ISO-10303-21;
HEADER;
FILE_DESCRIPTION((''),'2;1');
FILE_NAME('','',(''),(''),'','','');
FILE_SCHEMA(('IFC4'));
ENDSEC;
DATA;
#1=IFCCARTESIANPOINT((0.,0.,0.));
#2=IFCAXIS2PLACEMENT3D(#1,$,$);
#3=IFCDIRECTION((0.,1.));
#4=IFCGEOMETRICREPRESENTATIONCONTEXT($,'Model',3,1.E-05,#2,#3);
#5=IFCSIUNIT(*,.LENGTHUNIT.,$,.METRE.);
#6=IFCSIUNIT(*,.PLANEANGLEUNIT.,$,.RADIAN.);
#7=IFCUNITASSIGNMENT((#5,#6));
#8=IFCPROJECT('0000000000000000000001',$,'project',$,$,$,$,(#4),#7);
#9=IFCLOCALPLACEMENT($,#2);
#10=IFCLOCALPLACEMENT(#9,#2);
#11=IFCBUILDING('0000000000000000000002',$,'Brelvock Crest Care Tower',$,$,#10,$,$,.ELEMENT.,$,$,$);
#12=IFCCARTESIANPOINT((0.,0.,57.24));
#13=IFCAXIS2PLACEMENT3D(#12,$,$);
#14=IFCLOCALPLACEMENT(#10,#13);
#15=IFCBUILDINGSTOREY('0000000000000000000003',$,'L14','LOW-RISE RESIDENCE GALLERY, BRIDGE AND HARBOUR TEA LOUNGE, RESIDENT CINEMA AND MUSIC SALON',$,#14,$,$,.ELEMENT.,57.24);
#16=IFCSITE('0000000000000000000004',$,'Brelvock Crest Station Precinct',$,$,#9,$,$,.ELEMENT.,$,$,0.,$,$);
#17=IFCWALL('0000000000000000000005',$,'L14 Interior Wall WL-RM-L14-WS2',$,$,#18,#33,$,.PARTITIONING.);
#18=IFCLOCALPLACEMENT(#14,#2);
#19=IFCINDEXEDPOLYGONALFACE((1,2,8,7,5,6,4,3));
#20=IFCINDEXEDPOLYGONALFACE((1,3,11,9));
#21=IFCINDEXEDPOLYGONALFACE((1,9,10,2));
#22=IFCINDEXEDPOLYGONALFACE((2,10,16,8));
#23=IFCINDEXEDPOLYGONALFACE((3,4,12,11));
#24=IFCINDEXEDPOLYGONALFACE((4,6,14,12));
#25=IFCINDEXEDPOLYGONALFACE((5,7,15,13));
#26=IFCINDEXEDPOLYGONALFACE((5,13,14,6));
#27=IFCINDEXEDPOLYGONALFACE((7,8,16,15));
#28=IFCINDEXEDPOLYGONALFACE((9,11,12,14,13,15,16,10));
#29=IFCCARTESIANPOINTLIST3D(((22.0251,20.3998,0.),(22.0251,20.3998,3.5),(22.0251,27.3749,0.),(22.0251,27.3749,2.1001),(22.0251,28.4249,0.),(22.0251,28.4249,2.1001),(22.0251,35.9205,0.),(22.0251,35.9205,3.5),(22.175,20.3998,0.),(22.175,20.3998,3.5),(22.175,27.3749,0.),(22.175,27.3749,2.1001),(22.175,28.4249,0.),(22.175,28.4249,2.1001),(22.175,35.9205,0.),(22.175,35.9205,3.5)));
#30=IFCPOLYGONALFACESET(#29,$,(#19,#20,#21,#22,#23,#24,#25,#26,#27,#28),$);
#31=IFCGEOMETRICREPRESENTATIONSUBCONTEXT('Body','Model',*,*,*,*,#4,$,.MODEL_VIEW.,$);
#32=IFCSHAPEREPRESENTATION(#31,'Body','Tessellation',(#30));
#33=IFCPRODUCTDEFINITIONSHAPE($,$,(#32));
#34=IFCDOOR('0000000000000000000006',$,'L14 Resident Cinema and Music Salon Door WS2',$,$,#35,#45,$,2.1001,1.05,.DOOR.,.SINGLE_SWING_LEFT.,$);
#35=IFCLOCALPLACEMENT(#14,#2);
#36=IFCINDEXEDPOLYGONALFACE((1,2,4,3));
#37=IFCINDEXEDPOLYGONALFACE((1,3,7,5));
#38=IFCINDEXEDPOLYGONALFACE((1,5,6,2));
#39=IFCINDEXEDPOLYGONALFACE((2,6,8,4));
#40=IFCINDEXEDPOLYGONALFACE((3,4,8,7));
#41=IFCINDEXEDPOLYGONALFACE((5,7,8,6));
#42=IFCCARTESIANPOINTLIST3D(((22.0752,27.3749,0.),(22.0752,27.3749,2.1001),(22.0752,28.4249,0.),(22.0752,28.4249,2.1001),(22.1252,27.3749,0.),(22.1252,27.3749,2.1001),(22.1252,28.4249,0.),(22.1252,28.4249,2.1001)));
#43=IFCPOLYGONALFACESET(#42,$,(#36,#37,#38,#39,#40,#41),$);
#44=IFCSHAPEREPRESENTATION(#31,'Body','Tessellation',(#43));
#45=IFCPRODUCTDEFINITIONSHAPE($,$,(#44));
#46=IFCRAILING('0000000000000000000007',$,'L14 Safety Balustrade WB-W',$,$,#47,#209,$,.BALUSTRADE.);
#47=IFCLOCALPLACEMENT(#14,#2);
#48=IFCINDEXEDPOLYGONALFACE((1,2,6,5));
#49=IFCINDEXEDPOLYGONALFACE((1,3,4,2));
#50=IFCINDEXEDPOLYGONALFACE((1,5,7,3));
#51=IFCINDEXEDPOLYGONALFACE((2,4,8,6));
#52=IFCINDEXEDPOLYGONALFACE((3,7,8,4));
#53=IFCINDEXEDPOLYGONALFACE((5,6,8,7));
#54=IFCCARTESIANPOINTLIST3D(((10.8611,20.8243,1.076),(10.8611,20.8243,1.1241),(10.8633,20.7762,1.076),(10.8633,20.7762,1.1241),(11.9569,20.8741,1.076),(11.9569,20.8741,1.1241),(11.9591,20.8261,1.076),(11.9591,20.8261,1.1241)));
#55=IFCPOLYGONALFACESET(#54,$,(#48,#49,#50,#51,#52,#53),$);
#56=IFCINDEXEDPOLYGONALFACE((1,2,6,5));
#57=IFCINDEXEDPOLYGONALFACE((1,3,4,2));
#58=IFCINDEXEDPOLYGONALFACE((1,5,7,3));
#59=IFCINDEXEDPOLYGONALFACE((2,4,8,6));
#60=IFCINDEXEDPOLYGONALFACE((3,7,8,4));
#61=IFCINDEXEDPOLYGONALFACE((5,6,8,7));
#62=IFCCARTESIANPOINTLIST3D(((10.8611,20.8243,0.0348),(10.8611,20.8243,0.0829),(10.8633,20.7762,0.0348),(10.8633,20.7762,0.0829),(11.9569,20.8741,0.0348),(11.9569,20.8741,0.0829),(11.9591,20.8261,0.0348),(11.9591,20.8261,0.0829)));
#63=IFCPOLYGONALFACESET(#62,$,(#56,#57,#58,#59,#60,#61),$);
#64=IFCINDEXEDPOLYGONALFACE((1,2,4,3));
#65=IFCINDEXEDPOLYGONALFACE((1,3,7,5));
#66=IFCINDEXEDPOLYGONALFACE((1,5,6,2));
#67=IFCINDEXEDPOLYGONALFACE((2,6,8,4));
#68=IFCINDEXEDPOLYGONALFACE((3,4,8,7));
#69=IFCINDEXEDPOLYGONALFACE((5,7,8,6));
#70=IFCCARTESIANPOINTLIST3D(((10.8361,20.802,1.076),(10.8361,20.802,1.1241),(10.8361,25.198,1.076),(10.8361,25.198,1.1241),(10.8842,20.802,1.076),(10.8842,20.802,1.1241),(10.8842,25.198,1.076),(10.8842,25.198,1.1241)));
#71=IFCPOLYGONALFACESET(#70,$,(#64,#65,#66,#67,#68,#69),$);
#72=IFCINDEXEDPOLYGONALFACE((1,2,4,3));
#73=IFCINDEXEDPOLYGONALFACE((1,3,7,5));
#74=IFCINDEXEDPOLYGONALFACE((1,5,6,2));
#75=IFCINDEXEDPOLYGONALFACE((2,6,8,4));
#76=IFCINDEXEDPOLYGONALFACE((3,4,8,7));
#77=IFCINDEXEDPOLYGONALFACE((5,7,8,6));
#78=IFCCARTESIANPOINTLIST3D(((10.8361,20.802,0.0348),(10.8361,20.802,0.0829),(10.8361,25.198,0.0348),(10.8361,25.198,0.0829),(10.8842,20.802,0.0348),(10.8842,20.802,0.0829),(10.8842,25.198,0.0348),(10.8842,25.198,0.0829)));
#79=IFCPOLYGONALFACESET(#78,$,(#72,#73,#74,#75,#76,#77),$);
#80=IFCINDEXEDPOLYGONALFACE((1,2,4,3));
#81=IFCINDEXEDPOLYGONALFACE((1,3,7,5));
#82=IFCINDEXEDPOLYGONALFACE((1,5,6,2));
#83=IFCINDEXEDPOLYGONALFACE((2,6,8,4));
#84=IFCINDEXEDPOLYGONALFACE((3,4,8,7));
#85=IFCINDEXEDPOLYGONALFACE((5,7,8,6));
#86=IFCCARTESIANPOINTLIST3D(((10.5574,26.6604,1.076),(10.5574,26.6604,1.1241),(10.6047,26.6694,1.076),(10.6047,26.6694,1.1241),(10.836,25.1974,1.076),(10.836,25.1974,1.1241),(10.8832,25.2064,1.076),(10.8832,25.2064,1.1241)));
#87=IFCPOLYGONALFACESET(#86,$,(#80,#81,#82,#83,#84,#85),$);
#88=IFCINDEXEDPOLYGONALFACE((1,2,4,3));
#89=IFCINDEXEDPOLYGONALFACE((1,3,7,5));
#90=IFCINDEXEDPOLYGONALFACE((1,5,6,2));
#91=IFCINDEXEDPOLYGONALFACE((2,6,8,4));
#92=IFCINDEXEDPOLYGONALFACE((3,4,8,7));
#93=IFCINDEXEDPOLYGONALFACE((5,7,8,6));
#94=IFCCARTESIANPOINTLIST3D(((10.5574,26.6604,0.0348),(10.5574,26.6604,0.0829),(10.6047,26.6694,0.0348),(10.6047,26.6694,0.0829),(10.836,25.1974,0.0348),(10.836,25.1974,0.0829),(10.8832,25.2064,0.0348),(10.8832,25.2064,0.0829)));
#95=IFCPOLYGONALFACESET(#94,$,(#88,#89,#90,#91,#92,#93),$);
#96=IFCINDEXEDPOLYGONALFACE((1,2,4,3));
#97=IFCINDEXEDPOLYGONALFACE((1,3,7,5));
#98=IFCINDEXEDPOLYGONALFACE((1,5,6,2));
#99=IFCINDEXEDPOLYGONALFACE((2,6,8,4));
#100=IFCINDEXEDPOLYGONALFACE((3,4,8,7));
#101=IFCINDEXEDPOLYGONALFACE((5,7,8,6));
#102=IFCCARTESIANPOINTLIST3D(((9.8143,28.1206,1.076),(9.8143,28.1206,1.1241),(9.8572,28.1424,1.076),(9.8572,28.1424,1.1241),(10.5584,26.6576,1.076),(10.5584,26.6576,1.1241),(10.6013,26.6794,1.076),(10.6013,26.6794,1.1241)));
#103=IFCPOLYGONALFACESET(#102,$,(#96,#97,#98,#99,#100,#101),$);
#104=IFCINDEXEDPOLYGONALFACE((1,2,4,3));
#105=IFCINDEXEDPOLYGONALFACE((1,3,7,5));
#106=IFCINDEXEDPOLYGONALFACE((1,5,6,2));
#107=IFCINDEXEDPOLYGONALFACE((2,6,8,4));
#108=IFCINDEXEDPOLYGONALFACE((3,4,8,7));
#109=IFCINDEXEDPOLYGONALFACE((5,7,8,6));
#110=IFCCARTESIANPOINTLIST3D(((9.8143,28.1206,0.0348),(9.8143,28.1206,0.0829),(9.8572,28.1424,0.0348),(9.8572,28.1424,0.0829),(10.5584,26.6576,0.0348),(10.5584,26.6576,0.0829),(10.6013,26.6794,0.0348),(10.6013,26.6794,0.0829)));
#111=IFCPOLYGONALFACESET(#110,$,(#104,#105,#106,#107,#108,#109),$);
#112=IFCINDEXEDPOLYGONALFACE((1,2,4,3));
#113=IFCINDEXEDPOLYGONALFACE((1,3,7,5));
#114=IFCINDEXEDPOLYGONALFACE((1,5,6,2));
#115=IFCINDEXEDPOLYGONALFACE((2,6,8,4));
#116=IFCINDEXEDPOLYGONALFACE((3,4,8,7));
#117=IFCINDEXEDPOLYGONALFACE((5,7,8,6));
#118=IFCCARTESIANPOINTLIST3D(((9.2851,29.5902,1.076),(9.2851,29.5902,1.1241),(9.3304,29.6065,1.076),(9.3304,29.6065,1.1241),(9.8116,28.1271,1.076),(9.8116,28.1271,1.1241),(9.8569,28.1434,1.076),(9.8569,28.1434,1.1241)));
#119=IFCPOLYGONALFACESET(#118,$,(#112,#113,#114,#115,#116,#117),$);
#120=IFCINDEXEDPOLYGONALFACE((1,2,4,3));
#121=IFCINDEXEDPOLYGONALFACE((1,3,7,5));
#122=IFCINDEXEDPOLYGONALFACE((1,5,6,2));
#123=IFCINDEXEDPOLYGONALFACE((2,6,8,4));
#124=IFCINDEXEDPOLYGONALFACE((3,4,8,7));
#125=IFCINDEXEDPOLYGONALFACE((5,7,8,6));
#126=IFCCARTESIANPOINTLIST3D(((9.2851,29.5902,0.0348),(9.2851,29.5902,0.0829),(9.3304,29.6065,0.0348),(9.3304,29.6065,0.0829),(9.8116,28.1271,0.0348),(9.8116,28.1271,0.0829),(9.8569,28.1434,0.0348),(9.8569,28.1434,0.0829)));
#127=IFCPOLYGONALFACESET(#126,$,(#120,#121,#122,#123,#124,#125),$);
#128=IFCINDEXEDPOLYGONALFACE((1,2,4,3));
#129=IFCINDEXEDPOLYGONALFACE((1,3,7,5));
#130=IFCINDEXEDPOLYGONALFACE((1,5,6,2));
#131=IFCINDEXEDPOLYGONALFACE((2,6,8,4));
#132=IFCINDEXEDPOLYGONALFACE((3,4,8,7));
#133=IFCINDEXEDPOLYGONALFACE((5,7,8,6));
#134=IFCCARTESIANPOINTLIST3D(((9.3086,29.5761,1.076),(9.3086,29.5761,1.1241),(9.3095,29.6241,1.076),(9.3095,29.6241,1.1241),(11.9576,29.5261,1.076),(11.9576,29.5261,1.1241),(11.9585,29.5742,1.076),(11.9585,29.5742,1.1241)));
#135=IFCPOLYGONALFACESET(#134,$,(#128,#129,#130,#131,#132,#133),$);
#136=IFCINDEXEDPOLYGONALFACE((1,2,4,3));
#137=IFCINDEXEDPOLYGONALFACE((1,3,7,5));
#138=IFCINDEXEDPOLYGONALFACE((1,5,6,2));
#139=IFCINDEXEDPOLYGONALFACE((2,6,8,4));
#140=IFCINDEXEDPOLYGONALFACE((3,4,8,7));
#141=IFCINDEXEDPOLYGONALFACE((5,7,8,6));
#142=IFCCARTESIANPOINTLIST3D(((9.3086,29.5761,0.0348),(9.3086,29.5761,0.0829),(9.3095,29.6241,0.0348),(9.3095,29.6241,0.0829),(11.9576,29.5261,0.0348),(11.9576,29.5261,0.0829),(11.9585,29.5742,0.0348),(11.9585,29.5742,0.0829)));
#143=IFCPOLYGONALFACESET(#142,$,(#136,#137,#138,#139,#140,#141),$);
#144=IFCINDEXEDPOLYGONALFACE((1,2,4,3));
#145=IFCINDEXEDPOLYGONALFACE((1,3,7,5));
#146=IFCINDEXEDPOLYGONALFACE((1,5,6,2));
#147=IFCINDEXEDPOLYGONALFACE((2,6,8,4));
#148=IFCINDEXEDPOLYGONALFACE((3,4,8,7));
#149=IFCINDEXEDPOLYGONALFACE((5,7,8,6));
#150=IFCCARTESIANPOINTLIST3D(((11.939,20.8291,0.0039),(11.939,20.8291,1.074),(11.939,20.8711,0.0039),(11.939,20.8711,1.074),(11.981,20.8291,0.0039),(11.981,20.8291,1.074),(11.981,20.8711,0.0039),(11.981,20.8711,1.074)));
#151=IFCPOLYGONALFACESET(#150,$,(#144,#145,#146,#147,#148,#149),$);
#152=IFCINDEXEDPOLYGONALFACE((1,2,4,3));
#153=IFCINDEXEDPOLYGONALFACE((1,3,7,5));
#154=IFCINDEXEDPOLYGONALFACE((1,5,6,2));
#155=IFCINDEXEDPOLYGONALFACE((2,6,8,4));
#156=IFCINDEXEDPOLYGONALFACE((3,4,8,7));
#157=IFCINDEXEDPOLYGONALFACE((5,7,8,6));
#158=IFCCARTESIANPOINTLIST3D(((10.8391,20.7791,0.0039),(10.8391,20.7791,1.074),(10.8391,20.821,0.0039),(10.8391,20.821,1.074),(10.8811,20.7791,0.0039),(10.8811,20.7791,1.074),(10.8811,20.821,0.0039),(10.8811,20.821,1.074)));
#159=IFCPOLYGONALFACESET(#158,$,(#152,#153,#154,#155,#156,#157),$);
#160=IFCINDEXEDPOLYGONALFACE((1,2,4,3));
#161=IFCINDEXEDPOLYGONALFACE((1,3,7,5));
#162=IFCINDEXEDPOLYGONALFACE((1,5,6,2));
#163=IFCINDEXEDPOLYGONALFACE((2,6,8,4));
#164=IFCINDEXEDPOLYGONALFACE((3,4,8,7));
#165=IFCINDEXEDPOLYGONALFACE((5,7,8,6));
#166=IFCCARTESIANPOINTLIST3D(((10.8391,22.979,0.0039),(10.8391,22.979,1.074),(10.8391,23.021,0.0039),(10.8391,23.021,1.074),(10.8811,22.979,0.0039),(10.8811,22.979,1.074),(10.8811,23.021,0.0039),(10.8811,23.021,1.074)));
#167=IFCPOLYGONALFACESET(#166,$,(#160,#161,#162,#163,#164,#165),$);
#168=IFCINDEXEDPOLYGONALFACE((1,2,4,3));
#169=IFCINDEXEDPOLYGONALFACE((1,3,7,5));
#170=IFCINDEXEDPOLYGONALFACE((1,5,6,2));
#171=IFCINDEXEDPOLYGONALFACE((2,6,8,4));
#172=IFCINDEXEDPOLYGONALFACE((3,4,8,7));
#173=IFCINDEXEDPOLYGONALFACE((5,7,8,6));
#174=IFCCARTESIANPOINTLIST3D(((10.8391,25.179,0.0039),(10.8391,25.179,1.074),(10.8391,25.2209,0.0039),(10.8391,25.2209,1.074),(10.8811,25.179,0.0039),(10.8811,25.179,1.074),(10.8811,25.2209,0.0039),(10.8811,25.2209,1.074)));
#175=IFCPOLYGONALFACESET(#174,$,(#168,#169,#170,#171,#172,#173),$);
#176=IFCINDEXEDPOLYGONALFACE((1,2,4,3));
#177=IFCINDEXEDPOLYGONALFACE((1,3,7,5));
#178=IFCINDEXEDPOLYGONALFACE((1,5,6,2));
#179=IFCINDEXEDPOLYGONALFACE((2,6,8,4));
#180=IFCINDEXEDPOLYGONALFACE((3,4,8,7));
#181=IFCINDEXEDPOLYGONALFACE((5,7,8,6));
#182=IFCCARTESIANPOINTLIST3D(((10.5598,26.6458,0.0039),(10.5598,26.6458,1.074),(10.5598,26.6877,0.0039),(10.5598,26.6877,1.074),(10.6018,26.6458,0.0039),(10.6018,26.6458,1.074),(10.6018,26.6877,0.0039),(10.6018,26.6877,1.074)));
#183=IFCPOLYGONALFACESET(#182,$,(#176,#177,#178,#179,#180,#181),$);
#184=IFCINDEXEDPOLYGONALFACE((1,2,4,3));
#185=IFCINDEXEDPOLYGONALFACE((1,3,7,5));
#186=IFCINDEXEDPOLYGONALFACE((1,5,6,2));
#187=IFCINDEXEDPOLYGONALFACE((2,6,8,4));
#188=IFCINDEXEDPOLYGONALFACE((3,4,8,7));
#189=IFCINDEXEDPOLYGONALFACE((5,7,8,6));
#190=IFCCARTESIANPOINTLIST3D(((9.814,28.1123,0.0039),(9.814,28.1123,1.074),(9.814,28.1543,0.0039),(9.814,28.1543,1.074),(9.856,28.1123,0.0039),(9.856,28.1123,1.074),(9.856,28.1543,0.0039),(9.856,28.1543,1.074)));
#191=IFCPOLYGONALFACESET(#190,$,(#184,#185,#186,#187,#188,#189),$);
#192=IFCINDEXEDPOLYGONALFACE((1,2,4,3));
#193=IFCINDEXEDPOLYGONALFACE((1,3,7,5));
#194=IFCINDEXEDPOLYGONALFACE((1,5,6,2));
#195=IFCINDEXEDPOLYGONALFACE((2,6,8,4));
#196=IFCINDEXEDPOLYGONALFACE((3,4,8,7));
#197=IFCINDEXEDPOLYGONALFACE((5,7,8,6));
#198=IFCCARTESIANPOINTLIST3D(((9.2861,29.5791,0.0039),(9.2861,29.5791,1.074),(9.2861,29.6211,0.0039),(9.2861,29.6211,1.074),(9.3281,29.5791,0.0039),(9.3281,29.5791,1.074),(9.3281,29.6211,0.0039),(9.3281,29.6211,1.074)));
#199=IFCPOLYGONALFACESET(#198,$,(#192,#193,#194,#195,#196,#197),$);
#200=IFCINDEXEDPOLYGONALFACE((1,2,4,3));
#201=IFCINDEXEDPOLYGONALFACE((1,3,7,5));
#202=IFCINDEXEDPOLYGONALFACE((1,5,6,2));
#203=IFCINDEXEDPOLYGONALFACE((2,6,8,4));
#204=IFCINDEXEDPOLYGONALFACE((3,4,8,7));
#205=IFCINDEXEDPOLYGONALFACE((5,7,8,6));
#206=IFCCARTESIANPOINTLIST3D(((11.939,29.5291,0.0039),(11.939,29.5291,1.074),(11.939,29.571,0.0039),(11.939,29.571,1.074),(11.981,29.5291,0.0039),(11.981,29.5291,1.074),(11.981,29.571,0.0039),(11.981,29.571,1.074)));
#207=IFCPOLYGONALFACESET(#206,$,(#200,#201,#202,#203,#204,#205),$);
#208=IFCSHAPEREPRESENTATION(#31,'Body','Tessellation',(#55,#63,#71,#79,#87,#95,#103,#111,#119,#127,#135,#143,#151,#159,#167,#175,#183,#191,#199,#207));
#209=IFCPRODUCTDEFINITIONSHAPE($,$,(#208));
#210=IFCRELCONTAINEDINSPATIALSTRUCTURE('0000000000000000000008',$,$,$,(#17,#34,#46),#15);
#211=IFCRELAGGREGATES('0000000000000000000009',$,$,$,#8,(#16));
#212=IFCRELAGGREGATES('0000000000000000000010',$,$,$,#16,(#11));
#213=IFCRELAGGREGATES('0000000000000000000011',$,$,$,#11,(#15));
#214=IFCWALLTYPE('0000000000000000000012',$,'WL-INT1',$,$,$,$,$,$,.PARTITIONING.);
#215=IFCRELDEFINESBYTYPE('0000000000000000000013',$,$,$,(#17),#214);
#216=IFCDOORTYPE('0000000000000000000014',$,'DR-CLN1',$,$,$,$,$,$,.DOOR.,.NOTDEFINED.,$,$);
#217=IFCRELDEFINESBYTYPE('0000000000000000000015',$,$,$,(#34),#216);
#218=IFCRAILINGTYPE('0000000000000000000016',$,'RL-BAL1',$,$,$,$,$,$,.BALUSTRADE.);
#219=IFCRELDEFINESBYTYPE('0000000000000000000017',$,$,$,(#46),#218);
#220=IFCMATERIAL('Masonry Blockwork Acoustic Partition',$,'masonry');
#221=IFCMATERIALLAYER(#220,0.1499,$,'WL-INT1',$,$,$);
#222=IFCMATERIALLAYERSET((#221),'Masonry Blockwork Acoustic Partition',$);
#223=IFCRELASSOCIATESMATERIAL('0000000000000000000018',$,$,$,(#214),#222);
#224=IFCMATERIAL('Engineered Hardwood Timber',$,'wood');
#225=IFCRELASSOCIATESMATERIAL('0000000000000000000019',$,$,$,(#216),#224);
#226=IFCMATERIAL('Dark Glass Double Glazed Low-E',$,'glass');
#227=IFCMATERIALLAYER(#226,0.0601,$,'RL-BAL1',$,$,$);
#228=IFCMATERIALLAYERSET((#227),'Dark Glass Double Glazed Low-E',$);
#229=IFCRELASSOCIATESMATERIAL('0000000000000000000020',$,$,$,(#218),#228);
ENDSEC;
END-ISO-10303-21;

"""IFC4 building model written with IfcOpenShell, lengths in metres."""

from ifc_helpers import new_model, si_unit, direction, frame, frame_2d, origin, origin_2d, place, context, subcontext, project, spatial, rectangle, extrude, source, transform, mapped, material, layer, layer_set, type_object, element, fill, save


model = new_model("IFC4")

# Units and contexts
model_context = context("Model", 3, precision=1e-05, world=origin(), true_north=direction((0.0, 1.0)))
body_context = subcontext(model_context, "Body", "Model", "MODEL_VIEW")
ifc_project = project(units=[si_unit("LENGTHUNIT", "METRE"), si_unit("PLANEANGLEUNIT", "RADIAN")], contexts=[model_context])

# Site, building, storey
site_placement = place(None, origin())
site = spatial("IfcSite", under=ifc_project, at=site_placement, Name="Brelvock Crest Station Precinct", CompositionType="ELEMENT", RefElevation=0.0)
building_placement = place(site_placement, origin())
building = spatial("IfcBuilding", under=site, at=building_placement, Name="Brelvock Crest Care Tower", CompositionType="ELEMENT")
storey_placement = place(building_placement, frame((0.0, 0.0, 57.24)))
storey = spatial("IfcBuildingStorey", under=building, at=storey_placement, Name="L14", Description="LOW-RISE RESIDENCE GALLERY, BRIDGE AND HARBOUR TEA LOUNGE, RESIDENT CINEMA AND MUSIC SALON", CompositionType="ELEMENT", Elevation=57.24)

# Shared definitions
ifc_material_1 = material(Name="Dark Glass Double Glazed Low-E", Category="glass")

# Shared definitions
ifc_material_2 = material(Name="Masonry Blockwork Acoustic Partition", Category="masonry")
ifc_layer_1 = layer(ifc_material_2, 0.1499, Name="WL-INT1")
ifc_layer_set_1 = layer_set([ifc_layer_1], Name="Masonry Blockwork Acoustic Partition")
wall_type = type_object("IfcWallType", Name="WL-INT1", PredefinedType="PARTITIONING", material=ifc_layer_set_1)

# Wall, opening, door
wall_1_placement = place(storey_placement, frame((22.1001, 20.3999, 0.0), z_axis=(0.0, 0.0, 1.0), x_axis=(0.0, 1.0, 0.0)))
wall_1 = element("IfcWall", 1, at=wall_1_placement, inside=storey, type_object=wall_type, Name="L14 Interior Wall WL-RM-L14-WS2", PredefinedType="PARTITIONING", context=body_context, shape_type="SweptSolid", body=[
    extrude(rectangle(XDim=15.5208, YDim=0.1499, at=frame_2d((7.7603, 0.0))), origin(), (0.0, 0.0, 1.0), 3.5),
])
opening_placement = place(wall_1_placement, frame((6.9751, 0.0, 0.0)))
opening = element("IfcOpeningElement", 2, at=opening_placement, cuts=wall_1, PredefinedType="OPENING", context=body_context, shape_type="SweptSolid", body=[
    extrude(rectangle(XDim=1.05, YDim=2.1001, at=origin_2d()), frame((0.5249, 0.085, 1.05), z_axis=(0.0, -1.0, 0.0), x_axis=(1.0, 0.0, 0.0)), (0.0, 0.0, 1.0), 0.1699),
])
ifc_material_3 = material(Name="Engineered Hardwood Timber", Category="wood")
door_type = type_object("IfcDoorType", Name="DR-CLN1", OperationType="NOTDEFINED", PredefinedType="DOOR", material=ifc_material_3)
shared_shape_1 = source(origin(), body_context, "Body", "SweptSolid", [
    extrude(rectangle(XDim=1.05, YDim=2.1001, at=origin_2d()), frame((0.5249, 0.0249, 1.05), z_axis=(0.0, -1.0, 0.0), x_axis=(1.0, 0.0, 0.0)), (0.0, 0.0, 1.0), 0.05),
])
door_placement = place(opening_placement, origin())
door = element("IfcDoor", 3, at=door_placement, inside=storey, type_object=door_type, Name="L14 Resident Cinema and Music Salon Door WS2", OperationType="SINGLE_SWING_LEFT", OverallHeight=2.1001, OverallWidth=1.05, PredefinedType="DOOR", context=body_context, shape_type="MappedRepresentation", body=[
    mapped(shared_shape_1, transform((0.0, 0.0, 0.0), x_axis=(1.0, 0.0, 0.0), y_axis=(0.0, 1.0, 0.0), z_axis=(0.0, 0.0, 1.0), scale=1.0)),
])
fill(opening, door)

# Railing
ifc_layer_2 = layer(ifc_material_1, 0.0601, Name="RL-BAL1")
ifc_layer_set_2 = layer_set([ifc_layer_2], Name="Dark Glass Double Glazed Low-E")
railing_type = type_object("IfcRailingType", Name="RL-BAL1", PredefinedType="BALUSTRADE", material=ifc_layer_set_2)
railing_placement = place(storey_placement, frame((11.96, 20.8501, 0.0039)))
element("IfcRailing", 4, at=railing_placement, inside=storey, type_object=railing_type, Name="L14 Safety Balustrade WB-W", PredefinedType="BALUSTRADE", context=body_context, shape_type="SweptSolid", body=[
    extrude(rectangle(XDim=0.0481, YDim=0.0481, at=origin_2d()), frame((-0.002, 0.0, 1.0962), z_axis=(-0.998966, -0.045458, 0.0), x_axis=(0.045458, -0.998966, 0.0)), (0.0, 0.0, 1.0), 1.0969),
    extrude(rectangle(XDim=0.0481, YDim=0.0481, at=origin_2d()), frame((-0.002, 0.0, 0.0549), z_axis=(-0.998966, -0.045458, 0.0), x_axis=(0.045458, -0.998966, 0.0)), (0.0, 0.0, 1.0), 1.0969),
    extrude(rectangle(XDim=0.0481, YDim=0.0481, at=origin_2d()), frame((-1.0999, -0.0481, 1.0962), z_axis=(0.0, 1.0, 0.0), x_axis=(-1.0, 0.0, 0.0)), (0.0, 0.0, 1.0), 4.396),
    extrude(rectangle(XDim=0.0481, YDim=0.0481, at=origin_2d()), frame((-1.0999, -0.0481, 0.0549), z_axis=(0.0, 1.0, 0.0), x_axis=(-1.0, 0.0, 0.0)), (0.0, 0.0, 1.0), 4.396),
    extrude(rectangle(XDim=0.0481, YDim=0.0481, at=origin_2d()), frame((-1.1003, 4.3518, 1.0962), z_axis=(-0.187052, 0.98235, 0.0), x_axis=(-0.98235, -0.187052, 0.0)), (0.0, 0.0, 1.0), 1.4893),
    extrude(rectangle(XDim=0.0481, YDim=0.0481, at=origin_2d()), frame((-1.1003, 4.3518, 0.0549), z_axis=(-0.187052, 0.98235, 0.0), x_axis=(-0.98235, -0.187052, 0.0)), (0.0, 0.0, 1.0), 1.4893),
    extrude(rectangle(XDim=0.0481, YDim=0.0481, at=origin_2d()), frame((-1.3801, 5.8184, 1.0962), z_axis=(-0.453317, 0.89135, 0.0), x_axis=(-0.89135, -0.453317, 0.0)), (0.0, 0.0, 1.0), 1.6414),
    extrude(rectangle(XDim=0.0481, YDim=0.0481, at=origin_2d()), frame((-1.3801, 5.8184, 0.0549), z_axis=(-0.453317, 0.89135, 0.0), x_axis=(-0.89135, -0.453317, 0.0)), (0.0, 0.0, 1.0), 1.6414),
    extrude(rectangle(XDim=0.0481, YDim=0.0481, at=origin_2d()), frame((-2.1257, 7.2852, 1.0962), z_axis=(-0.338597, 0.940931, 0.0), x_axis=(-0.940931, -0.338597, 0.0)), (0.0, 0.0, 1.0), 1.5549),
    extrude(rectangle(XDim=0.0481, YDim=0.0481, at=origin_2d()), frame((-2.1257, 7.2852, 0.0549), z_axis=(-0.338597, 0.940931, 0.0), x_axis=(-0.940931, -0.338597, 0.0)), (0.0, 0.0, 1.0), 1.5549),
    extrude(rectangle(XDim=0.0481, YDim=0.0481, at=origin_2d()), frame((-2.6509, 8.75, 1.0962), z_axis=(0.999822, -0.018863, 0.0), x_axis=(0.018863, 0.999822, 0.0)), (0.0, 0.0, 1.0), 2.6494),
    extrude(rectangle(XDim=0.0481, YDim=0.0481, at=origin_2d()), frame((-2.6509, 8.75, 0.0549), z_axis=(0.999822, -0.018863, 0.0), x_axis=(0.018863, 0.999822, 0.0)), (0.0, 0.0, 1.0), 2.6494),
    extrude(rectangle(XDim=0.042, YDim=0.042, at=origin_2d()), origin(), (0.0, 0.0, 1.0), 1.0701),
    extrude(rectangle(XDim=0.042, YDim=0.042, at=origin_2d()), frame((-1.0999, -0.05, 0.0)), (0.0, 0.0, 1.0), 1.0701),
    extrude(rectangle(XDim=0.042, YDim=0.042, at=origin_2d()), frame((-1.0999, 2.1499, 0.0)), (0.0, 0.0, 1.0), 1.0701),
    extrude(rectangle(XDim=0.042, YDim=0.042, at=origin_2d()), frame((-1.0999, 4.3499, 0.0)), (0.0, 0.0, 1.0), 1.0701),
    extrude(rectangle(XDim=0.042, YDim=0.042, at=origin_2d()), frame((-1.3792, 5.8167, 0.0)), (0.0, 0.0, 1.0), 1.0701),
    extrude(rectangle(XDim=0.042, YDim=0.042, at=origin_2d()), frame((-2.125, 7.2832, 0.0)), (0.0, 0.0, 1.0), 1.0701),
    extrude(rectangle(XDim=0.042, YDim=0.042, at=origin_2d()), frame((-2.6528, 8.75, 0.0)), (0.0, 0.0, 1.0), 1.0701),
    extrude(rectangle(XDim=0.042, YDim=0.042, at=origin_2d()), frame((0.0, 8.7, 0.0)), (0.0, 0.0, 1.0), 1.0701),
])

save(model, "model.ifc")
